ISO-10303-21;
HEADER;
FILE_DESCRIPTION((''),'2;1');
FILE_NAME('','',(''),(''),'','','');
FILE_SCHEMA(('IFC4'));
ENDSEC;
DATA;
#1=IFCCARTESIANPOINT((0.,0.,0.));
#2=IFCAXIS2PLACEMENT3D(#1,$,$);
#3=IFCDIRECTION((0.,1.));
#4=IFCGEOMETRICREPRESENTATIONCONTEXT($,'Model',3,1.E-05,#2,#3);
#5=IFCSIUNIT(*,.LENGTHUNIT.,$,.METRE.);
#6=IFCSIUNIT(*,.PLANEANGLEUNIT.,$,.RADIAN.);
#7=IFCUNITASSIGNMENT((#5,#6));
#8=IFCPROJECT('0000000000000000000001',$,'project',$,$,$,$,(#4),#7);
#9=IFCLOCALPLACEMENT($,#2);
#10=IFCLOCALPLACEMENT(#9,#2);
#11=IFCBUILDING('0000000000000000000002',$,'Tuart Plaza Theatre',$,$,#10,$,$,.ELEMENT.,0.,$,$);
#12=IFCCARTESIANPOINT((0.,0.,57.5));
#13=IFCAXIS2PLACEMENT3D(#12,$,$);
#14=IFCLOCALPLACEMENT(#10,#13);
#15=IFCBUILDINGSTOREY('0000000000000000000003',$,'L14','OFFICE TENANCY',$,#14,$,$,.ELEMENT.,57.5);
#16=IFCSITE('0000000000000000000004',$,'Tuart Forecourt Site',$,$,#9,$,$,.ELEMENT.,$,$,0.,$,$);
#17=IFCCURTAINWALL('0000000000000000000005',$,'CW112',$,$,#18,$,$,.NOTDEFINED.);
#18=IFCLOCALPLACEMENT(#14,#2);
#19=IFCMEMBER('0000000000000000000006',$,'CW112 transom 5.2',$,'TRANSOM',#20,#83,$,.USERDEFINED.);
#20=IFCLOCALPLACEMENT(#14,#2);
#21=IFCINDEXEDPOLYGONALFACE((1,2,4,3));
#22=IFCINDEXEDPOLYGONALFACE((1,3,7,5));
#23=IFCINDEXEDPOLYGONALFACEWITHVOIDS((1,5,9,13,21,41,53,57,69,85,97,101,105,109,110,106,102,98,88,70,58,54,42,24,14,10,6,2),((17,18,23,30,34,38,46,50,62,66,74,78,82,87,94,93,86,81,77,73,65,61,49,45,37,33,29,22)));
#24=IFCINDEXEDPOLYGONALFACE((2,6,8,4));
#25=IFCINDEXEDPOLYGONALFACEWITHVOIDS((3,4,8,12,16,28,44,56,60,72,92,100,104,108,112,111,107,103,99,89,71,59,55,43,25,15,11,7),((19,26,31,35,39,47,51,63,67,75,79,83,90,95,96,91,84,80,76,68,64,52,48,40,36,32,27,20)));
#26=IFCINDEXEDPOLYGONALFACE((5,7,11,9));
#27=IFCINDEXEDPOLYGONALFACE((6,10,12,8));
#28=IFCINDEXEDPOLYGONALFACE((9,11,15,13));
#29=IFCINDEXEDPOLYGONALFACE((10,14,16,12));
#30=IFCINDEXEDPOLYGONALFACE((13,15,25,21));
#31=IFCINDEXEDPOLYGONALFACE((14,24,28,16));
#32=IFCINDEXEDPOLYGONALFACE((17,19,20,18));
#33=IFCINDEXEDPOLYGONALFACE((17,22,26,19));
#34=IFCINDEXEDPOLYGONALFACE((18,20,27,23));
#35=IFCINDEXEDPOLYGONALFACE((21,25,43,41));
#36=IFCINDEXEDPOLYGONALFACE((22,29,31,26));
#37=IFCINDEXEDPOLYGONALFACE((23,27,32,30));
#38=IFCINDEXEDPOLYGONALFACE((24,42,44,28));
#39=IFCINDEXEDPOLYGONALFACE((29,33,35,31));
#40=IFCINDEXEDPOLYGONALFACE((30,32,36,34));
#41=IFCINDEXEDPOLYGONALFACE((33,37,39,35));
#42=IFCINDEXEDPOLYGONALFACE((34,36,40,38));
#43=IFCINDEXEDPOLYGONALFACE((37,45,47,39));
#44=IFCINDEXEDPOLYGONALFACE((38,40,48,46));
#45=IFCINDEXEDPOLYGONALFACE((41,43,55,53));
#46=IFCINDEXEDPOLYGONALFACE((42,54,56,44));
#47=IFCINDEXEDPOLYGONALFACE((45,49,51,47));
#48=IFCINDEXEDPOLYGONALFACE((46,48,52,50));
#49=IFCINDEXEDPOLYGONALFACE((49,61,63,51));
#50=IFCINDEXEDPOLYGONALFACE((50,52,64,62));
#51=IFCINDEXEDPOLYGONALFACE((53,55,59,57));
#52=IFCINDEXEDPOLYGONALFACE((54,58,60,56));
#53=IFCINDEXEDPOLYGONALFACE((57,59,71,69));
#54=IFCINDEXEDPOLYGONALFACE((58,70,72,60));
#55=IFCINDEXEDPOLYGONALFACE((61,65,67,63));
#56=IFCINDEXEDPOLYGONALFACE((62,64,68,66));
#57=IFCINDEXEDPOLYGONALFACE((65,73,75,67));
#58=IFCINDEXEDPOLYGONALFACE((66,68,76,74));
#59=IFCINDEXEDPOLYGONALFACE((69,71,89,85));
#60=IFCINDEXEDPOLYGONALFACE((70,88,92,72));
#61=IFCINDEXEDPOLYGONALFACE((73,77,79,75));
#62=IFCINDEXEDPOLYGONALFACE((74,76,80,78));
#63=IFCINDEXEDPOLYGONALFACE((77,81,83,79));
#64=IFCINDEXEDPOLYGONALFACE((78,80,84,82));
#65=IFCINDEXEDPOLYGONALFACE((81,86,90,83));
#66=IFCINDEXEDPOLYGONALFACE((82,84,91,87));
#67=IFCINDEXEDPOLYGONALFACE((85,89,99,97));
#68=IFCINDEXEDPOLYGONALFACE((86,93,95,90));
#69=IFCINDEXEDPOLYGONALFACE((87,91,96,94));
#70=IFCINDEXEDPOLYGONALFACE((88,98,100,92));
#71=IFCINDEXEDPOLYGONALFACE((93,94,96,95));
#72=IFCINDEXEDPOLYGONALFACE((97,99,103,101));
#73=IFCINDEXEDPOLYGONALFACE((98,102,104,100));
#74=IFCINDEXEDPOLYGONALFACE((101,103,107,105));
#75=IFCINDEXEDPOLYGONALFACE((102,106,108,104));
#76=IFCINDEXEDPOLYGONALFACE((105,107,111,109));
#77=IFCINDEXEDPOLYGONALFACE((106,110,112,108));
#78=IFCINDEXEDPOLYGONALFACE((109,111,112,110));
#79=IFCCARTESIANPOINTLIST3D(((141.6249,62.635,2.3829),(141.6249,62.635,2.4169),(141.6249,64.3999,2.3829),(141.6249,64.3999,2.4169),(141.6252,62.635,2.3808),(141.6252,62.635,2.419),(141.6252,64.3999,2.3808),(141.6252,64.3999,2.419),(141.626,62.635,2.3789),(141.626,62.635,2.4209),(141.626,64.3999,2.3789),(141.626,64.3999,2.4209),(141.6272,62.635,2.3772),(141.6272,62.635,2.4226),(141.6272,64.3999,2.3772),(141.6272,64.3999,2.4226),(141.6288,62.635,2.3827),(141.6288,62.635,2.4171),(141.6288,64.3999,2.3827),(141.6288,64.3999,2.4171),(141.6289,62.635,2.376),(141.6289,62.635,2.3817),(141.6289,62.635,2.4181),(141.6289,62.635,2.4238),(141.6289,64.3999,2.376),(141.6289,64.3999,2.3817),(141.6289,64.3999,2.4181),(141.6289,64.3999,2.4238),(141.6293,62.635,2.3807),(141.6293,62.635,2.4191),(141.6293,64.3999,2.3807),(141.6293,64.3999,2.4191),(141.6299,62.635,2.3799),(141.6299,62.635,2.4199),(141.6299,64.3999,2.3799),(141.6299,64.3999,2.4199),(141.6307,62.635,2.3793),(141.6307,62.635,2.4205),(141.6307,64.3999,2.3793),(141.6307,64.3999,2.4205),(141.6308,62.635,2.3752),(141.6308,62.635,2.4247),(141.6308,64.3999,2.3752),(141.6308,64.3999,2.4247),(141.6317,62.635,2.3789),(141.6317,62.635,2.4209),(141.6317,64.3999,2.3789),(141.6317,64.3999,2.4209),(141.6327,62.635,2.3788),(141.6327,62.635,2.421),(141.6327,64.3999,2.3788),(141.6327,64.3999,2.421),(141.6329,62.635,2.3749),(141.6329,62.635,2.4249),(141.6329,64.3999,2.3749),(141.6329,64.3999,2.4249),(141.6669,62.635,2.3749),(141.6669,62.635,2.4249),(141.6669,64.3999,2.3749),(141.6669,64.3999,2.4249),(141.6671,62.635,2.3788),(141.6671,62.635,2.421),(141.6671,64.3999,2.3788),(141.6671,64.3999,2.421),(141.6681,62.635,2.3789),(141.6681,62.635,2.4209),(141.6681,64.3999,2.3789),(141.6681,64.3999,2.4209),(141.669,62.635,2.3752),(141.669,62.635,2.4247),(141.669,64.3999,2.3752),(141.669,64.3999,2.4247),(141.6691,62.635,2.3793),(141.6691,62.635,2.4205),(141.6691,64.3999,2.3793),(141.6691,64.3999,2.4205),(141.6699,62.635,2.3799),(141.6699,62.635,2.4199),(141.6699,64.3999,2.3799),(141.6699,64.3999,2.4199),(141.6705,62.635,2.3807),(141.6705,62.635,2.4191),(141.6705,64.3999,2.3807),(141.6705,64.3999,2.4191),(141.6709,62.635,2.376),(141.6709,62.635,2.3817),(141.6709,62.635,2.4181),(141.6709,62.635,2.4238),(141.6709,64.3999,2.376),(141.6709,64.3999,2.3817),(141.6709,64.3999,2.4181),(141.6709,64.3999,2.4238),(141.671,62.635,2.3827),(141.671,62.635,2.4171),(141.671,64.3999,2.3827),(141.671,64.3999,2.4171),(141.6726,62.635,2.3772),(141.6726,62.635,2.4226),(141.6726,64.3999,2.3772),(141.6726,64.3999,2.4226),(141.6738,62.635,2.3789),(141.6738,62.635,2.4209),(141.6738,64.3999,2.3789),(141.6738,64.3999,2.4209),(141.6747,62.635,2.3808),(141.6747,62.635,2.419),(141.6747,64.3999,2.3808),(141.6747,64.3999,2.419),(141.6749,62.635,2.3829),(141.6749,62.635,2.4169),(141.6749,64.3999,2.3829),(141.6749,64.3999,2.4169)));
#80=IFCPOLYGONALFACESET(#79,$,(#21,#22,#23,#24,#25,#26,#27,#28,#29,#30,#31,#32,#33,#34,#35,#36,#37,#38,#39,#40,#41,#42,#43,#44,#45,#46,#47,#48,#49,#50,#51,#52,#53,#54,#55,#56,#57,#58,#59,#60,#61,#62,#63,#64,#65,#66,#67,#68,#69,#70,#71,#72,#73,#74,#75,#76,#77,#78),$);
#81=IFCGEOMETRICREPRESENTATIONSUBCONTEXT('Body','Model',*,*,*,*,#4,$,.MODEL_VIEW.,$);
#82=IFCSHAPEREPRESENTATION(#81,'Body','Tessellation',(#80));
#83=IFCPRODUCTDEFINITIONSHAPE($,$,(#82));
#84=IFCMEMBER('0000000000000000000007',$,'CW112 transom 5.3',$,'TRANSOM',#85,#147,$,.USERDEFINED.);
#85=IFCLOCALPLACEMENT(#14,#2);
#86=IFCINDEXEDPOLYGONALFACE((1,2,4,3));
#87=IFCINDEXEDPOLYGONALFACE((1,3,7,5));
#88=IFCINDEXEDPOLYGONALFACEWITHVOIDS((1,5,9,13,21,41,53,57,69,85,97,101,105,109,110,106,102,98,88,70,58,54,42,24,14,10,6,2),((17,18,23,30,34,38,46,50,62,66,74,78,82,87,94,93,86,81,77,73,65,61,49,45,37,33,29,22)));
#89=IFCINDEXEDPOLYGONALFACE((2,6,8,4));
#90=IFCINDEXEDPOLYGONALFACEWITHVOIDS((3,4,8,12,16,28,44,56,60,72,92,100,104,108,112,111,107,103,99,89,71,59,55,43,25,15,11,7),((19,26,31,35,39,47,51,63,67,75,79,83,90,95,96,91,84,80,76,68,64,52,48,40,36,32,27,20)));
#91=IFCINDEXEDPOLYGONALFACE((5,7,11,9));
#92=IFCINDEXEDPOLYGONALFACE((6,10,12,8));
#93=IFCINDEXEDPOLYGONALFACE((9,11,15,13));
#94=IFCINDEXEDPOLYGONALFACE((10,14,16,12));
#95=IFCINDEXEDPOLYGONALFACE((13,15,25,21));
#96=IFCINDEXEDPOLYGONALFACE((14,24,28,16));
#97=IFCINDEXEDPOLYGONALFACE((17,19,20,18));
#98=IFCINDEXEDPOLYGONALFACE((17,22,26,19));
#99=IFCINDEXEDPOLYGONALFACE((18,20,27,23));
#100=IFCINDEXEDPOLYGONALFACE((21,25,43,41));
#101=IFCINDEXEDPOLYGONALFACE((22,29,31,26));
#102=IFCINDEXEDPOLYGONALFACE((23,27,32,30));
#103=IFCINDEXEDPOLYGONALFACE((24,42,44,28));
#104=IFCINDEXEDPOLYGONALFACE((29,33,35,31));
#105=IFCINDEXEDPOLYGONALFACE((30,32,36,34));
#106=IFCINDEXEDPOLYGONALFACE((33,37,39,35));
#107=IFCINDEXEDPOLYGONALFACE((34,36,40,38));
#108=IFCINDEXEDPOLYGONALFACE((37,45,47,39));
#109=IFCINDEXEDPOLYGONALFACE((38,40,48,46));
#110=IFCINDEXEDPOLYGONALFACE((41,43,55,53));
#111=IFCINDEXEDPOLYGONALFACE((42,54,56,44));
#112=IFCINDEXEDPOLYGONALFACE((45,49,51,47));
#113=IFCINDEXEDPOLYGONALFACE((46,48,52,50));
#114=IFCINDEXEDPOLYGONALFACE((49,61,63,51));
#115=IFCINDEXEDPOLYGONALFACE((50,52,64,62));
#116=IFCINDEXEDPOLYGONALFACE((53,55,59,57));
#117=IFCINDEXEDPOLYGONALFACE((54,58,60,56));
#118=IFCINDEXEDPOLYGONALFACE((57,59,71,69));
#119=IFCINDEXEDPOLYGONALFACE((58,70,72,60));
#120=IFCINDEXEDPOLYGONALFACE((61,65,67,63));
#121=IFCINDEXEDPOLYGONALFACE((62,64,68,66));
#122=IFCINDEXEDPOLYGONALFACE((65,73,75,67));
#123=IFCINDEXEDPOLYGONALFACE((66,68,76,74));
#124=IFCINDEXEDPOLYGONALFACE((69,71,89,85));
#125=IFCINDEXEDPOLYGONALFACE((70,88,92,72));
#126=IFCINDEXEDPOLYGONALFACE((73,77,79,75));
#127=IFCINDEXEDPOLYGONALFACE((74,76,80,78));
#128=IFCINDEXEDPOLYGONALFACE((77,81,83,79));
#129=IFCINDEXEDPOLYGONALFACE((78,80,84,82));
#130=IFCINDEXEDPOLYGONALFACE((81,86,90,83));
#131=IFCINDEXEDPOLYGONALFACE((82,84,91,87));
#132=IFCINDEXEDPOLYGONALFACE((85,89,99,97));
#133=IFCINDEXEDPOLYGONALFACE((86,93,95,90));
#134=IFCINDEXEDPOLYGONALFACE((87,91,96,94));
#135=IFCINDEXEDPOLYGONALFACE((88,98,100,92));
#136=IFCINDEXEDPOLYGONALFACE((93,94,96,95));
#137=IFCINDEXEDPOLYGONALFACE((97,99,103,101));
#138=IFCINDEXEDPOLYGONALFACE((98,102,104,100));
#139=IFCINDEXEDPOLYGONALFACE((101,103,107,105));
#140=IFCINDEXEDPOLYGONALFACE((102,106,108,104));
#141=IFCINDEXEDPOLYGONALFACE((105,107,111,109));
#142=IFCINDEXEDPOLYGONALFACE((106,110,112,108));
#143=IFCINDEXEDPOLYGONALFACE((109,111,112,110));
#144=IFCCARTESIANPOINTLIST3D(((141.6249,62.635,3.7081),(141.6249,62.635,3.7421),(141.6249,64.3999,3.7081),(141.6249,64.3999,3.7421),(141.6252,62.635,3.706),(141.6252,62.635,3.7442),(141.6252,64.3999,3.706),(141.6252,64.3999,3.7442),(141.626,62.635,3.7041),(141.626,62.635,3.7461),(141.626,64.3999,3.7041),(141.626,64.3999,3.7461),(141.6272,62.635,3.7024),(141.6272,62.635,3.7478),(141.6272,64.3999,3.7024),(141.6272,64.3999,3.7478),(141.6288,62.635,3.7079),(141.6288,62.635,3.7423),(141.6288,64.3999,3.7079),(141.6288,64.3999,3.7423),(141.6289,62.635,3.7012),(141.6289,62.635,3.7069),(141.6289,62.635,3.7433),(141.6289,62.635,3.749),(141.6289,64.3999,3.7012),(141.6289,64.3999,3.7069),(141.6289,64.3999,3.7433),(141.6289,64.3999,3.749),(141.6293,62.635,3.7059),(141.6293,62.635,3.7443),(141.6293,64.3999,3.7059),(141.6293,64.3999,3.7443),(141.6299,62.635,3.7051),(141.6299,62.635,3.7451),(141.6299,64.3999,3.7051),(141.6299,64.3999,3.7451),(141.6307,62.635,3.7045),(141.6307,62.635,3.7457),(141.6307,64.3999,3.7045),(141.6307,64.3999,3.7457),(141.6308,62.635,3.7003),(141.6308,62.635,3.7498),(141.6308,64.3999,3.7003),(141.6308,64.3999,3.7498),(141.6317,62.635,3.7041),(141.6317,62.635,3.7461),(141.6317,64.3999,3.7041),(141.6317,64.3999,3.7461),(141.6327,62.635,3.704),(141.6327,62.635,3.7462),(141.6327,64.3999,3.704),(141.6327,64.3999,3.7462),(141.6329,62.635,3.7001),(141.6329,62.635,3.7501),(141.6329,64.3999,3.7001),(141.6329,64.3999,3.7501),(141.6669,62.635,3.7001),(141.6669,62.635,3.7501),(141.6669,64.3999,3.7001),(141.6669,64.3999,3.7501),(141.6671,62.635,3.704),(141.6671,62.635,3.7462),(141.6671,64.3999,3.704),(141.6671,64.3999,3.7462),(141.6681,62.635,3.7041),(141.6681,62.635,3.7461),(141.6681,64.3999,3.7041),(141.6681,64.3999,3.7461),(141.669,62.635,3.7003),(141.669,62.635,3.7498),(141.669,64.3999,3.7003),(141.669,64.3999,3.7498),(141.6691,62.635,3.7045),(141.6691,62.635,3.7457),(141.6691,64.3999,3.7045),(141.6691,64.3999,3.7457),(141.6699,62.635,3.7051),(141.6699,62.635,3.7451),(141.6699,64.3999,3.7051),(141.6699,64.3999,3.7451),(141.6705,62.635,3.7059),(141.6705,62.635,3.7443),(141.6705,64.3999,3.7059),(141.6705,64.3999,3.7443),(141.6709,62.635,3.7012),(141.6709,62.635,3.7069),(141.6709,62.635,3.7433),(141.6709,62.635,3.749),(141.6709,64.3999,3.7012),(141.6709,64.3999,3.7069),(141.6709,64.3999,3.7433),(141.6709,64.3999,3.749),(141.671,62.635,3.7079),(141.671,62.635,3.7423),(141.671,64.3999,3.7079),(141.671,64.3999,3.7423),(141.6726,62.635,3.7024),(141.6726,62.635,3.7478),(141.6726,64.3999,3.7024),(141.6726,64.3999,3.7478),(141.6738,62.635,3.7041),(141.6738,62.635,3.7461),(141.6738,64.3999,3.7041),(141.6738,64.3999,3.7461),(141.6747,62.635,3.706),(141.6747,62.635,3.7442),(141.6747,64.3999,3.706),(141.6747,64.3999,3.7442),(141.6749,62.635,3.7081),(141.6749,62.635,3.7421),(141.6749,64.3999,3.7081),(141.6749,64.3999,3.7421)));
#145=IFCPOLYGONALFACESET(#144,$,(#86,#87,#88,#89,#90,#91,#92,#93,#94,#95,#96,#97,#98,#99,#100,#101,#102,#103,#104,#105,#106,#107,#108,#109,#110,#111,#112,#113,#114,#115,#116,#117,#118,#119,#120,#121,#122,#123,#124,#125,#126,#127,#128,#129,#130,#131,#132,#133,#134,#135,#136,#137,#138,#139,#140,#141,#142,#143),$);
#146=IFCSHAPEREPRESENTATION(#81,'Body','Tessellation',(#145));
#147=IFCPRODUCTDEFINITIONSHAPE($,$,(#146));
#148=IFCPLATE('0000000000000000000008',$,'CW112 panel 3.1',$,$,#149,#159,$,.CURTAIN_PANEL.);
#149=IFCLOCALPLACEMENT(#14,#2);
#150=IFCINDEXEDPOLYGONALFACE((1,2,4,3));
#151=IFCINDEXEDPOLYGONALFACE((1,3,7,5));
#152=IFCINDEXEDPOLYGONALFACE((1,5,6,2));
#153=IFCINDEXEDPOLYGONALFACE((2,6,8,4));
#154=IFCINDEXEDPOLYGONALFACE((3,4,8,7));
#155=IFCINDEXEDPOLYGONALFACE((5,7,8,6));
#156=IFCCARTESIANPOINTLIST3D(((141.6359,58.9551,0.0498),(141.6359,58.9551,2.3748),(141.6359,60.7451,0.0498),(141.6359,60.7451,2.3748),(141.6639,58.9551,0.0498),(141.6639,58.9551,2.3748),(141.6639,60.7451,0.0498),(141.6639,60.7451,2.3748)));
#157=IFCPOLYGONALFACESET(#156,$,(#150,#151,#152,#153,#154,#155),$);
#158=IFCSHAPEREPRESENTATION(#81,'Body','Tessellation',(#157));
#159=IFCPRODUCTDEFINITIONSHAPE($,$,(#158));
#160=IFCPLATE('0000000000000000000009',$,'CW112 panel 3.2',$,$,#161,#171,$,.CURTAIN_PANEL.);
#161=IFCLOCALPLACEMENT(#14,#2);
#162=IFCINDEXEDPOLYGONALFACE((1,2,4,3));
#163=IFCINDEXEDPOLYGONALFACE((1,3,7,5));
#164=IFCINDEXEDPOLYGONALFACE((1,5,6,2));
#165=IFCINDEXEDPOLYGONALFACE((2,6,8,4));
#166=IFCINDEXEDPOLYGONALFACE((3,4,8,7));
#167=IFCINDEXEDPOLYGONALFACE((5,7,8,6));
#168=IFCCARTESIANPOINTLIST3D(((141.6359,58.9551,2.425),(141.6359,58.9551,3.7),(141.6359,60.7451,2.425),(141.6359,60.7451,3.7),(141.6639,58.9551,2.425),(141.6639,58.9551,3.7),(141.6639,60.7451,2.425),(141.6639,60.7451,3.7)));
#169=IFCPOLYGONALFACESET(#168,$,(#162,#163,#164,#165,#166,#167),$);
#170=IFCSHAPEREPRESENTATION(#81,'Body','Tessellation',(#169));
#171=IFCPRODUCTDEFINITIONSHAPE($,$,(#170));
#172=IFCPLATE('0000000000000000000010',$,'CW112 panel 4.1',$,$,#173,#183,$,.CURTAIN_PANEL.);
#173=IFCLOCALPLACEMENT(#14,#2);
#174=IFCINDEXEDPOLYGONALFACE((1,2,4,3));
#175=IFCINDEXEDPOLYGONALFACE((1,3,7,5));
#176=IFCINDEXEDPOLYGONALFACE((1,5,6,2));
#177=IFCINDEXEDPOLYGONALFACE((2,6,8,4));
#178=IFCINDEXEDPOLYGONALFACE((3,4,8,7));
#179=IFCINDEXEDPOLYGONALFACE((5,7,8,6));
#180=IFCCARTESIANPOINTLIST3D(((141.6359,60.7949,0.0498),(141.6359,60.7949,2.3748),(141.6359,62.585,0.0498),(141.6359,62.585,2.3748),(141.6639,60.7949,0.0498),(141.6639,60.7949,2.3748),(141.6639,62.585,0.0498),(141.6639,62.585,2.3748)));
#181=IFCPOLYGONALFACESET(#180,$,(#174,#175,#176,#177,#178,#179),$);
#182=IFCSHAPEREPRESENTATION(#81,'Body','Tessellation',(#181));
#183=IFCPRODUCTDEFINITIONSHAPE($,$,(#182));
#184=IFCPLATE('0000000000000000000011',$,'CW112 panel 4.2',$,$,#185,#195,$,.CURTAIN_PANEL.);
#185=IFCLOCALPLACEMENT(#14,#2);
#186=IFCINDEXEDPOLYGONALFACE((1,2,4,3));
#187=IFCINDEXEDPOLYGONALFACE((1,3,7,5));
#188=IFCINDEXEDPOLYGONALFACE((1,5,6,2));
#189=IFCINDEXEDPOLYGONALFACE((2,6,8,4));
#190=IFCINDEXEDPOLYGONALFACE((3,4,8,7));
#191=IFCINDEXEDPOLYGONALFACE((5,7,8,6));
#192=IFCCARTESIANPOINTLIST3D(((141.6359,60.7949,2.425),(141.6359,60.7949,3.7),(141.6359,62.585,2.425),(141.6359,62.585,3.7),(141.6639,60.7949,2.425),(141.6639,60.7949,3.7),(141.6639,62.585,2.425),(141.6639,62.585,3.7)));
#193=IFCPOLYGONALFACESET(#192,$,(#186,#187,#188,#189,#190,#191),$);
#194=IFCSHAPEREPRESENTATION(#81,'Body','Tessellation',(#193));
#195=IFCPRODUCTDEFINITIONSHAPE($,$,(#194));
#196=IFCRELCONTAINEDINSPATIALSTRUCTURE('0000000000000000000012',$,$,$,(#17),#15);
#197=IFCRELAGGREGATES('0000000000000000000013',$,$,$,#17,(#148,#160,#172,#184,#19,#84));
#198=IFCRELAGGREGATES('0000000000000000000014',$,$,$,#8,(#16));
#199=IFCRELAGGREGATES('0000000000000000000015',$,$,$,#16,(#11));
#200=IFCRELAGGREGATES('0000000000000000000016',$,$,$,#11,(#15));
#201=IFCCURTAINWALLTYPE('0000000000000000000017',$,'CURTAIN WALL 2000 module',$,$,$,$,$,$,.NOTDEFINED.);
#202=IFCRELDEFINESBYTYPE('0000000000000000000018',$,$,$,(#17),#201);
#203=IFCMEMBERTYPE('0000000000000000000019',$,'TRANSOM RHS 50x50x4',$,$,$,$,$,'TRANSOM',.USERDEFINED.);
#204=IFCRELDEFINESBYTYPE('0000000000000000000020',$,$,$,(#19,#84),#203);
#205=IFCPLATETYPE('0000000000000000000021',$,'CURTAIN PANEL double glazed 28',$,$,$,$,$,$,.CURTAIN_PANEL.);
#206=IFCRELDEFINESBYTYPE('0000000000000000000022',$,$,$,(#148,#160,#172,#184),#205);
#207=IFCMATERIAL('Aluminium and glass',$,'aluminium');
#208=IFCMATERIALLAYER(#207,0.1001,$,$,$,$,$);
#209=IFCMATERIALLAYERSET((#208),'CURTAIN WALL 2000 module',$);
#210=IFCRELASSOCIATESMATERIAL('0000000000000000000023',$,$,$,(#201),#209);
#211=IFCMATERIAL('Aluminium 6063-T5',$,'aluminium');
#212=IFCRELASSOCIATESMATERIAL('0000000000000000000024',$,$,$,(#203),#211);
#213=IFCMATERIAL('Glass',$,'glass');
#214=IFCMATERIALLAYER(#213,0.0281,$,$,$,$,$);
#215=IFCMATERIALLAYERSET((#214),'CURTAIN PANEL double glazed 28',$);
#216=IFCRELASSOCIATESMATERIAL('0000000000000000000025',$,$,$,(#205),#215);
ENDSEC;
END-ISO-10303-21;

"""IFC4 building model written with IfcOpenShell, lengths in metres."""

from ifc_helpers import new_model, si_unit, direction, frame, origin, origin_2d, place, context, subcontext, project, spatial, rectangle, hollow_rectangle, extrude, material, layer, layer_set, material_profile, profile_set, type_object, element, aggregate, save


model = new_model("IFC4")

# Units and contexts
model_context = context("Model", 3, precision=1e-05, world=origin(), true_north=direction((0.0, 1.0)))
body_context = subcontext(model_context, "Body", "Model", "MODEL_VIEW")
ifc_project = project(units=[si_unit("LENGTHUNIT", "METRE"), si_unit("PLANEANGLEUNIT", "RADIAN")], contexts=[model_context])

# Site, building, storey
site_placement = place(None, origin())
site = spatial("IfcSite", under=ifc_project, at=site_placement, Name="Tuart Forecourt Site", CompositionType="ELEMENT", RefElevation=0.0)
building_placement = place(site_placement, origin())
building = spatial("IfcBuilding", under=site, at=building_placement, Name="Tuart Plaza Theatre", CompositionType="ELEMENT", ElevationOfRefHeight=0.0)
storey_placement = place(building_placement, frame((0.0, 0.0, 57.5)))
storey = spatial("IfcBuildingStorey", under=building, at=storey_placement, Name="L14", Description="OFFICE TENANCY", CompositionType="ELEMENT", Elevation=57.5)

# Curtain wall, members, plates
ifc_material_1 = material(Name="Aluminium and glass", Category="aluminium")
ifc_layer_1 = layer(ifc_material_1, 0.1001)
ifc_layer_set_1 = layer_set([ifc_layer_1], Name="CURTAIN WALL 2000 module")
curtain_wall_type = type_object("IfcCurtainWallType", Name="CURTAIN WALL 2000 module", PredefinedType="NOTDEFINED", material=ifc_layer_set_1)
curtain_wall_placement = place(storey_placement, origin())
curtain_wall = element("IfcCurtainWall", 1, at=curtain_wall_placement, inside=storey, type_object=curtain_wall_type, Name="CW112", PredefinedType="NOTDEFINED")
ifc_material_2 = material(Name="Aluminium 6063-T5", Category="aluminium")
ifc_material_profile_1 = material_profile(ifc_material_2, hollow_rectangle(XDim=0.05, YDim=0.05, WallThickness=0.0039, InnerFilletRadius=0.0039, OuterFilletRadius=0.0081, at=origin_2d()), Name="RHS 50x50x4")
ifc_profile_set_1 = profile_set([ifc_material_profile_1], Name="Aluminium 6063-T5")
member_type_1 = type_object("IfcMemberType", Name="TRANSOM RHS 50x50x4", ElementType="TRANSOM", PredefinedType="USERDEFINED", material=ifc_profile_set_1)
member_1_placement = place(storey_placement, frame((141.6499, 62.635, 2.3999), z_axis=(0.0, 1.0, 0.0), x_axis=(-1.0, 0.0, 0.0)))
member_1 = element("IfcMember", 2, at=member_1_placement, type_object=member_type_1, Name="CW112 transom 5.2", ObjectType="TRANSOM", PredefinedType="USERDEFINED", context=body_context, shape_type="SweptSolid", body=[
    extrude(hollow_rectangle(XDim=0.05, YDim=0.05, WallThickness=0.0039, InnerFilletRadius=0.0039, OuterFilletRadius=0.0081, at=origin_2d()), origin(), (0.0, 0.0, 1.0), 1.7649),
])
member_2_placement = place(storey_placement, frame((141.6499, 62.635, 3.7251), z_axis=(0.0, 1.0, 0.0), x_axis=(-1.0, 0.0, 0.0)))
member_2 = element("IfcMember", 3, at=member_2_placement, type_object=member_type_1, Name="CW112 transom 5.3", ObjectType="TRANSOM", PredefinedType="USERDEFINED", context=body_context, shape_type="SweptSolid", body=[
    extrude(hollow_rectangle(XDim=0.05, YDim=0.05, WallThickness=0.0039, InnerFilletRadius=0.0039, OuterFilletRadius=0.0081, at=origin_2d()), origin(), (0.0, 0.0, 1.0), 1.7649),
])
ifc_material_3 = material(Name="Glass", Category="glass")
ifc_layer_2 = layer(ifc_material_3, 0.0281)
ifc_layer_set_2 = layer_set([ifc_layer_2], Name="CURTAIN PANEL double glazed 28")
plate_type = type_object("IfcPlateType", Name="CURTAIN PANEL double glazed 28", PredefinedType="CURTAIN_PANEL", material=ifc_layer_set_2)
plate_1_placement = place(storey_placement, frame((141.6499, 59.8501, 0.0498), z_axis=(0.0, 0.0, 1.0), x_axis=(0.0, 1.0, 0.0)))
plate_1 = element("IfcPlate", 4, at=plate_1_placement, type_object=plate_type, Name="CW112 panel 3.1", PredefinedType="CURTAIN_PANEL", context=body_context, shape_type="SweptSolid", body=[
    extrude(rectangle(XDim=1.79, YDim=0.0281, at=origin_2d()), origin(), (0.0, 0.0, 1.0), 2.325),
])
plate_2_placement = place(storey_placement, frame((141.6499, 59.8501, 2.425), z_axis=(0.0, 0.0, 1.0), x_axis=(0.0, 1.0, 0.0)))
plate_2 = element("IfcPlate", 5, at=plate_2_placement, type_object=plate_type, Name="CW112 panel 3.2", PredefinedType="CURTAIN_PANEL", context=body_context, shape_type="SweptSolid", body=[
    extrude(rectangle(XDim=1.79, YDim=0.0281, at=origin_2d()), origin(), (0.0, 0.0, 1.0), 1.2749),
])
plate_3_placement = place(storey_placement, frame((141.6499, 61.6899, 0.0498), z_axis=(0.0, 0.0, 1.0), x_axis=(0.0, 1.0, 0.0)))
plate_3 = element("IfcPlate", 6, at=plate_3_placement, type_object=plate_type, Name="CW112 panel 4.1", PredefinedType="CURTAIN_PANEL", context=body_context, shape_type="SweptSolid", body=[
    extrude(rectangle(XDim=1.79, YDim=0.0281, at=origin_2d()), origin(), (0.0, 0.0, 1.0), 2.325),
])
plate_4_placement = place(storey_placement, frame((141.6499, 61.6899, 2.425), z_axis=(0.0, 0.0, 1.0), x_axis=(0.0, 1.0, 0.0)))
plate_4 = element("IfcPlate", 7, at=plate_4_placement, type_object=plate_type, Name="CW112 panel 4.2", PredefinedType="CURTAIN_PANEL", context=body_context, shape_type="SweptSolid", body=[
    extrude(rectangle(XDim=1.79, YDim=0.0281, at=origin_2d()), origin(), (0.0, 0.0, 1.0), 1.2749),
])
aggregate(curtain_wall, [plate_1, plate_2, plate_3, plate_4, member_1, member_2])

save(model, "model.ifc")
